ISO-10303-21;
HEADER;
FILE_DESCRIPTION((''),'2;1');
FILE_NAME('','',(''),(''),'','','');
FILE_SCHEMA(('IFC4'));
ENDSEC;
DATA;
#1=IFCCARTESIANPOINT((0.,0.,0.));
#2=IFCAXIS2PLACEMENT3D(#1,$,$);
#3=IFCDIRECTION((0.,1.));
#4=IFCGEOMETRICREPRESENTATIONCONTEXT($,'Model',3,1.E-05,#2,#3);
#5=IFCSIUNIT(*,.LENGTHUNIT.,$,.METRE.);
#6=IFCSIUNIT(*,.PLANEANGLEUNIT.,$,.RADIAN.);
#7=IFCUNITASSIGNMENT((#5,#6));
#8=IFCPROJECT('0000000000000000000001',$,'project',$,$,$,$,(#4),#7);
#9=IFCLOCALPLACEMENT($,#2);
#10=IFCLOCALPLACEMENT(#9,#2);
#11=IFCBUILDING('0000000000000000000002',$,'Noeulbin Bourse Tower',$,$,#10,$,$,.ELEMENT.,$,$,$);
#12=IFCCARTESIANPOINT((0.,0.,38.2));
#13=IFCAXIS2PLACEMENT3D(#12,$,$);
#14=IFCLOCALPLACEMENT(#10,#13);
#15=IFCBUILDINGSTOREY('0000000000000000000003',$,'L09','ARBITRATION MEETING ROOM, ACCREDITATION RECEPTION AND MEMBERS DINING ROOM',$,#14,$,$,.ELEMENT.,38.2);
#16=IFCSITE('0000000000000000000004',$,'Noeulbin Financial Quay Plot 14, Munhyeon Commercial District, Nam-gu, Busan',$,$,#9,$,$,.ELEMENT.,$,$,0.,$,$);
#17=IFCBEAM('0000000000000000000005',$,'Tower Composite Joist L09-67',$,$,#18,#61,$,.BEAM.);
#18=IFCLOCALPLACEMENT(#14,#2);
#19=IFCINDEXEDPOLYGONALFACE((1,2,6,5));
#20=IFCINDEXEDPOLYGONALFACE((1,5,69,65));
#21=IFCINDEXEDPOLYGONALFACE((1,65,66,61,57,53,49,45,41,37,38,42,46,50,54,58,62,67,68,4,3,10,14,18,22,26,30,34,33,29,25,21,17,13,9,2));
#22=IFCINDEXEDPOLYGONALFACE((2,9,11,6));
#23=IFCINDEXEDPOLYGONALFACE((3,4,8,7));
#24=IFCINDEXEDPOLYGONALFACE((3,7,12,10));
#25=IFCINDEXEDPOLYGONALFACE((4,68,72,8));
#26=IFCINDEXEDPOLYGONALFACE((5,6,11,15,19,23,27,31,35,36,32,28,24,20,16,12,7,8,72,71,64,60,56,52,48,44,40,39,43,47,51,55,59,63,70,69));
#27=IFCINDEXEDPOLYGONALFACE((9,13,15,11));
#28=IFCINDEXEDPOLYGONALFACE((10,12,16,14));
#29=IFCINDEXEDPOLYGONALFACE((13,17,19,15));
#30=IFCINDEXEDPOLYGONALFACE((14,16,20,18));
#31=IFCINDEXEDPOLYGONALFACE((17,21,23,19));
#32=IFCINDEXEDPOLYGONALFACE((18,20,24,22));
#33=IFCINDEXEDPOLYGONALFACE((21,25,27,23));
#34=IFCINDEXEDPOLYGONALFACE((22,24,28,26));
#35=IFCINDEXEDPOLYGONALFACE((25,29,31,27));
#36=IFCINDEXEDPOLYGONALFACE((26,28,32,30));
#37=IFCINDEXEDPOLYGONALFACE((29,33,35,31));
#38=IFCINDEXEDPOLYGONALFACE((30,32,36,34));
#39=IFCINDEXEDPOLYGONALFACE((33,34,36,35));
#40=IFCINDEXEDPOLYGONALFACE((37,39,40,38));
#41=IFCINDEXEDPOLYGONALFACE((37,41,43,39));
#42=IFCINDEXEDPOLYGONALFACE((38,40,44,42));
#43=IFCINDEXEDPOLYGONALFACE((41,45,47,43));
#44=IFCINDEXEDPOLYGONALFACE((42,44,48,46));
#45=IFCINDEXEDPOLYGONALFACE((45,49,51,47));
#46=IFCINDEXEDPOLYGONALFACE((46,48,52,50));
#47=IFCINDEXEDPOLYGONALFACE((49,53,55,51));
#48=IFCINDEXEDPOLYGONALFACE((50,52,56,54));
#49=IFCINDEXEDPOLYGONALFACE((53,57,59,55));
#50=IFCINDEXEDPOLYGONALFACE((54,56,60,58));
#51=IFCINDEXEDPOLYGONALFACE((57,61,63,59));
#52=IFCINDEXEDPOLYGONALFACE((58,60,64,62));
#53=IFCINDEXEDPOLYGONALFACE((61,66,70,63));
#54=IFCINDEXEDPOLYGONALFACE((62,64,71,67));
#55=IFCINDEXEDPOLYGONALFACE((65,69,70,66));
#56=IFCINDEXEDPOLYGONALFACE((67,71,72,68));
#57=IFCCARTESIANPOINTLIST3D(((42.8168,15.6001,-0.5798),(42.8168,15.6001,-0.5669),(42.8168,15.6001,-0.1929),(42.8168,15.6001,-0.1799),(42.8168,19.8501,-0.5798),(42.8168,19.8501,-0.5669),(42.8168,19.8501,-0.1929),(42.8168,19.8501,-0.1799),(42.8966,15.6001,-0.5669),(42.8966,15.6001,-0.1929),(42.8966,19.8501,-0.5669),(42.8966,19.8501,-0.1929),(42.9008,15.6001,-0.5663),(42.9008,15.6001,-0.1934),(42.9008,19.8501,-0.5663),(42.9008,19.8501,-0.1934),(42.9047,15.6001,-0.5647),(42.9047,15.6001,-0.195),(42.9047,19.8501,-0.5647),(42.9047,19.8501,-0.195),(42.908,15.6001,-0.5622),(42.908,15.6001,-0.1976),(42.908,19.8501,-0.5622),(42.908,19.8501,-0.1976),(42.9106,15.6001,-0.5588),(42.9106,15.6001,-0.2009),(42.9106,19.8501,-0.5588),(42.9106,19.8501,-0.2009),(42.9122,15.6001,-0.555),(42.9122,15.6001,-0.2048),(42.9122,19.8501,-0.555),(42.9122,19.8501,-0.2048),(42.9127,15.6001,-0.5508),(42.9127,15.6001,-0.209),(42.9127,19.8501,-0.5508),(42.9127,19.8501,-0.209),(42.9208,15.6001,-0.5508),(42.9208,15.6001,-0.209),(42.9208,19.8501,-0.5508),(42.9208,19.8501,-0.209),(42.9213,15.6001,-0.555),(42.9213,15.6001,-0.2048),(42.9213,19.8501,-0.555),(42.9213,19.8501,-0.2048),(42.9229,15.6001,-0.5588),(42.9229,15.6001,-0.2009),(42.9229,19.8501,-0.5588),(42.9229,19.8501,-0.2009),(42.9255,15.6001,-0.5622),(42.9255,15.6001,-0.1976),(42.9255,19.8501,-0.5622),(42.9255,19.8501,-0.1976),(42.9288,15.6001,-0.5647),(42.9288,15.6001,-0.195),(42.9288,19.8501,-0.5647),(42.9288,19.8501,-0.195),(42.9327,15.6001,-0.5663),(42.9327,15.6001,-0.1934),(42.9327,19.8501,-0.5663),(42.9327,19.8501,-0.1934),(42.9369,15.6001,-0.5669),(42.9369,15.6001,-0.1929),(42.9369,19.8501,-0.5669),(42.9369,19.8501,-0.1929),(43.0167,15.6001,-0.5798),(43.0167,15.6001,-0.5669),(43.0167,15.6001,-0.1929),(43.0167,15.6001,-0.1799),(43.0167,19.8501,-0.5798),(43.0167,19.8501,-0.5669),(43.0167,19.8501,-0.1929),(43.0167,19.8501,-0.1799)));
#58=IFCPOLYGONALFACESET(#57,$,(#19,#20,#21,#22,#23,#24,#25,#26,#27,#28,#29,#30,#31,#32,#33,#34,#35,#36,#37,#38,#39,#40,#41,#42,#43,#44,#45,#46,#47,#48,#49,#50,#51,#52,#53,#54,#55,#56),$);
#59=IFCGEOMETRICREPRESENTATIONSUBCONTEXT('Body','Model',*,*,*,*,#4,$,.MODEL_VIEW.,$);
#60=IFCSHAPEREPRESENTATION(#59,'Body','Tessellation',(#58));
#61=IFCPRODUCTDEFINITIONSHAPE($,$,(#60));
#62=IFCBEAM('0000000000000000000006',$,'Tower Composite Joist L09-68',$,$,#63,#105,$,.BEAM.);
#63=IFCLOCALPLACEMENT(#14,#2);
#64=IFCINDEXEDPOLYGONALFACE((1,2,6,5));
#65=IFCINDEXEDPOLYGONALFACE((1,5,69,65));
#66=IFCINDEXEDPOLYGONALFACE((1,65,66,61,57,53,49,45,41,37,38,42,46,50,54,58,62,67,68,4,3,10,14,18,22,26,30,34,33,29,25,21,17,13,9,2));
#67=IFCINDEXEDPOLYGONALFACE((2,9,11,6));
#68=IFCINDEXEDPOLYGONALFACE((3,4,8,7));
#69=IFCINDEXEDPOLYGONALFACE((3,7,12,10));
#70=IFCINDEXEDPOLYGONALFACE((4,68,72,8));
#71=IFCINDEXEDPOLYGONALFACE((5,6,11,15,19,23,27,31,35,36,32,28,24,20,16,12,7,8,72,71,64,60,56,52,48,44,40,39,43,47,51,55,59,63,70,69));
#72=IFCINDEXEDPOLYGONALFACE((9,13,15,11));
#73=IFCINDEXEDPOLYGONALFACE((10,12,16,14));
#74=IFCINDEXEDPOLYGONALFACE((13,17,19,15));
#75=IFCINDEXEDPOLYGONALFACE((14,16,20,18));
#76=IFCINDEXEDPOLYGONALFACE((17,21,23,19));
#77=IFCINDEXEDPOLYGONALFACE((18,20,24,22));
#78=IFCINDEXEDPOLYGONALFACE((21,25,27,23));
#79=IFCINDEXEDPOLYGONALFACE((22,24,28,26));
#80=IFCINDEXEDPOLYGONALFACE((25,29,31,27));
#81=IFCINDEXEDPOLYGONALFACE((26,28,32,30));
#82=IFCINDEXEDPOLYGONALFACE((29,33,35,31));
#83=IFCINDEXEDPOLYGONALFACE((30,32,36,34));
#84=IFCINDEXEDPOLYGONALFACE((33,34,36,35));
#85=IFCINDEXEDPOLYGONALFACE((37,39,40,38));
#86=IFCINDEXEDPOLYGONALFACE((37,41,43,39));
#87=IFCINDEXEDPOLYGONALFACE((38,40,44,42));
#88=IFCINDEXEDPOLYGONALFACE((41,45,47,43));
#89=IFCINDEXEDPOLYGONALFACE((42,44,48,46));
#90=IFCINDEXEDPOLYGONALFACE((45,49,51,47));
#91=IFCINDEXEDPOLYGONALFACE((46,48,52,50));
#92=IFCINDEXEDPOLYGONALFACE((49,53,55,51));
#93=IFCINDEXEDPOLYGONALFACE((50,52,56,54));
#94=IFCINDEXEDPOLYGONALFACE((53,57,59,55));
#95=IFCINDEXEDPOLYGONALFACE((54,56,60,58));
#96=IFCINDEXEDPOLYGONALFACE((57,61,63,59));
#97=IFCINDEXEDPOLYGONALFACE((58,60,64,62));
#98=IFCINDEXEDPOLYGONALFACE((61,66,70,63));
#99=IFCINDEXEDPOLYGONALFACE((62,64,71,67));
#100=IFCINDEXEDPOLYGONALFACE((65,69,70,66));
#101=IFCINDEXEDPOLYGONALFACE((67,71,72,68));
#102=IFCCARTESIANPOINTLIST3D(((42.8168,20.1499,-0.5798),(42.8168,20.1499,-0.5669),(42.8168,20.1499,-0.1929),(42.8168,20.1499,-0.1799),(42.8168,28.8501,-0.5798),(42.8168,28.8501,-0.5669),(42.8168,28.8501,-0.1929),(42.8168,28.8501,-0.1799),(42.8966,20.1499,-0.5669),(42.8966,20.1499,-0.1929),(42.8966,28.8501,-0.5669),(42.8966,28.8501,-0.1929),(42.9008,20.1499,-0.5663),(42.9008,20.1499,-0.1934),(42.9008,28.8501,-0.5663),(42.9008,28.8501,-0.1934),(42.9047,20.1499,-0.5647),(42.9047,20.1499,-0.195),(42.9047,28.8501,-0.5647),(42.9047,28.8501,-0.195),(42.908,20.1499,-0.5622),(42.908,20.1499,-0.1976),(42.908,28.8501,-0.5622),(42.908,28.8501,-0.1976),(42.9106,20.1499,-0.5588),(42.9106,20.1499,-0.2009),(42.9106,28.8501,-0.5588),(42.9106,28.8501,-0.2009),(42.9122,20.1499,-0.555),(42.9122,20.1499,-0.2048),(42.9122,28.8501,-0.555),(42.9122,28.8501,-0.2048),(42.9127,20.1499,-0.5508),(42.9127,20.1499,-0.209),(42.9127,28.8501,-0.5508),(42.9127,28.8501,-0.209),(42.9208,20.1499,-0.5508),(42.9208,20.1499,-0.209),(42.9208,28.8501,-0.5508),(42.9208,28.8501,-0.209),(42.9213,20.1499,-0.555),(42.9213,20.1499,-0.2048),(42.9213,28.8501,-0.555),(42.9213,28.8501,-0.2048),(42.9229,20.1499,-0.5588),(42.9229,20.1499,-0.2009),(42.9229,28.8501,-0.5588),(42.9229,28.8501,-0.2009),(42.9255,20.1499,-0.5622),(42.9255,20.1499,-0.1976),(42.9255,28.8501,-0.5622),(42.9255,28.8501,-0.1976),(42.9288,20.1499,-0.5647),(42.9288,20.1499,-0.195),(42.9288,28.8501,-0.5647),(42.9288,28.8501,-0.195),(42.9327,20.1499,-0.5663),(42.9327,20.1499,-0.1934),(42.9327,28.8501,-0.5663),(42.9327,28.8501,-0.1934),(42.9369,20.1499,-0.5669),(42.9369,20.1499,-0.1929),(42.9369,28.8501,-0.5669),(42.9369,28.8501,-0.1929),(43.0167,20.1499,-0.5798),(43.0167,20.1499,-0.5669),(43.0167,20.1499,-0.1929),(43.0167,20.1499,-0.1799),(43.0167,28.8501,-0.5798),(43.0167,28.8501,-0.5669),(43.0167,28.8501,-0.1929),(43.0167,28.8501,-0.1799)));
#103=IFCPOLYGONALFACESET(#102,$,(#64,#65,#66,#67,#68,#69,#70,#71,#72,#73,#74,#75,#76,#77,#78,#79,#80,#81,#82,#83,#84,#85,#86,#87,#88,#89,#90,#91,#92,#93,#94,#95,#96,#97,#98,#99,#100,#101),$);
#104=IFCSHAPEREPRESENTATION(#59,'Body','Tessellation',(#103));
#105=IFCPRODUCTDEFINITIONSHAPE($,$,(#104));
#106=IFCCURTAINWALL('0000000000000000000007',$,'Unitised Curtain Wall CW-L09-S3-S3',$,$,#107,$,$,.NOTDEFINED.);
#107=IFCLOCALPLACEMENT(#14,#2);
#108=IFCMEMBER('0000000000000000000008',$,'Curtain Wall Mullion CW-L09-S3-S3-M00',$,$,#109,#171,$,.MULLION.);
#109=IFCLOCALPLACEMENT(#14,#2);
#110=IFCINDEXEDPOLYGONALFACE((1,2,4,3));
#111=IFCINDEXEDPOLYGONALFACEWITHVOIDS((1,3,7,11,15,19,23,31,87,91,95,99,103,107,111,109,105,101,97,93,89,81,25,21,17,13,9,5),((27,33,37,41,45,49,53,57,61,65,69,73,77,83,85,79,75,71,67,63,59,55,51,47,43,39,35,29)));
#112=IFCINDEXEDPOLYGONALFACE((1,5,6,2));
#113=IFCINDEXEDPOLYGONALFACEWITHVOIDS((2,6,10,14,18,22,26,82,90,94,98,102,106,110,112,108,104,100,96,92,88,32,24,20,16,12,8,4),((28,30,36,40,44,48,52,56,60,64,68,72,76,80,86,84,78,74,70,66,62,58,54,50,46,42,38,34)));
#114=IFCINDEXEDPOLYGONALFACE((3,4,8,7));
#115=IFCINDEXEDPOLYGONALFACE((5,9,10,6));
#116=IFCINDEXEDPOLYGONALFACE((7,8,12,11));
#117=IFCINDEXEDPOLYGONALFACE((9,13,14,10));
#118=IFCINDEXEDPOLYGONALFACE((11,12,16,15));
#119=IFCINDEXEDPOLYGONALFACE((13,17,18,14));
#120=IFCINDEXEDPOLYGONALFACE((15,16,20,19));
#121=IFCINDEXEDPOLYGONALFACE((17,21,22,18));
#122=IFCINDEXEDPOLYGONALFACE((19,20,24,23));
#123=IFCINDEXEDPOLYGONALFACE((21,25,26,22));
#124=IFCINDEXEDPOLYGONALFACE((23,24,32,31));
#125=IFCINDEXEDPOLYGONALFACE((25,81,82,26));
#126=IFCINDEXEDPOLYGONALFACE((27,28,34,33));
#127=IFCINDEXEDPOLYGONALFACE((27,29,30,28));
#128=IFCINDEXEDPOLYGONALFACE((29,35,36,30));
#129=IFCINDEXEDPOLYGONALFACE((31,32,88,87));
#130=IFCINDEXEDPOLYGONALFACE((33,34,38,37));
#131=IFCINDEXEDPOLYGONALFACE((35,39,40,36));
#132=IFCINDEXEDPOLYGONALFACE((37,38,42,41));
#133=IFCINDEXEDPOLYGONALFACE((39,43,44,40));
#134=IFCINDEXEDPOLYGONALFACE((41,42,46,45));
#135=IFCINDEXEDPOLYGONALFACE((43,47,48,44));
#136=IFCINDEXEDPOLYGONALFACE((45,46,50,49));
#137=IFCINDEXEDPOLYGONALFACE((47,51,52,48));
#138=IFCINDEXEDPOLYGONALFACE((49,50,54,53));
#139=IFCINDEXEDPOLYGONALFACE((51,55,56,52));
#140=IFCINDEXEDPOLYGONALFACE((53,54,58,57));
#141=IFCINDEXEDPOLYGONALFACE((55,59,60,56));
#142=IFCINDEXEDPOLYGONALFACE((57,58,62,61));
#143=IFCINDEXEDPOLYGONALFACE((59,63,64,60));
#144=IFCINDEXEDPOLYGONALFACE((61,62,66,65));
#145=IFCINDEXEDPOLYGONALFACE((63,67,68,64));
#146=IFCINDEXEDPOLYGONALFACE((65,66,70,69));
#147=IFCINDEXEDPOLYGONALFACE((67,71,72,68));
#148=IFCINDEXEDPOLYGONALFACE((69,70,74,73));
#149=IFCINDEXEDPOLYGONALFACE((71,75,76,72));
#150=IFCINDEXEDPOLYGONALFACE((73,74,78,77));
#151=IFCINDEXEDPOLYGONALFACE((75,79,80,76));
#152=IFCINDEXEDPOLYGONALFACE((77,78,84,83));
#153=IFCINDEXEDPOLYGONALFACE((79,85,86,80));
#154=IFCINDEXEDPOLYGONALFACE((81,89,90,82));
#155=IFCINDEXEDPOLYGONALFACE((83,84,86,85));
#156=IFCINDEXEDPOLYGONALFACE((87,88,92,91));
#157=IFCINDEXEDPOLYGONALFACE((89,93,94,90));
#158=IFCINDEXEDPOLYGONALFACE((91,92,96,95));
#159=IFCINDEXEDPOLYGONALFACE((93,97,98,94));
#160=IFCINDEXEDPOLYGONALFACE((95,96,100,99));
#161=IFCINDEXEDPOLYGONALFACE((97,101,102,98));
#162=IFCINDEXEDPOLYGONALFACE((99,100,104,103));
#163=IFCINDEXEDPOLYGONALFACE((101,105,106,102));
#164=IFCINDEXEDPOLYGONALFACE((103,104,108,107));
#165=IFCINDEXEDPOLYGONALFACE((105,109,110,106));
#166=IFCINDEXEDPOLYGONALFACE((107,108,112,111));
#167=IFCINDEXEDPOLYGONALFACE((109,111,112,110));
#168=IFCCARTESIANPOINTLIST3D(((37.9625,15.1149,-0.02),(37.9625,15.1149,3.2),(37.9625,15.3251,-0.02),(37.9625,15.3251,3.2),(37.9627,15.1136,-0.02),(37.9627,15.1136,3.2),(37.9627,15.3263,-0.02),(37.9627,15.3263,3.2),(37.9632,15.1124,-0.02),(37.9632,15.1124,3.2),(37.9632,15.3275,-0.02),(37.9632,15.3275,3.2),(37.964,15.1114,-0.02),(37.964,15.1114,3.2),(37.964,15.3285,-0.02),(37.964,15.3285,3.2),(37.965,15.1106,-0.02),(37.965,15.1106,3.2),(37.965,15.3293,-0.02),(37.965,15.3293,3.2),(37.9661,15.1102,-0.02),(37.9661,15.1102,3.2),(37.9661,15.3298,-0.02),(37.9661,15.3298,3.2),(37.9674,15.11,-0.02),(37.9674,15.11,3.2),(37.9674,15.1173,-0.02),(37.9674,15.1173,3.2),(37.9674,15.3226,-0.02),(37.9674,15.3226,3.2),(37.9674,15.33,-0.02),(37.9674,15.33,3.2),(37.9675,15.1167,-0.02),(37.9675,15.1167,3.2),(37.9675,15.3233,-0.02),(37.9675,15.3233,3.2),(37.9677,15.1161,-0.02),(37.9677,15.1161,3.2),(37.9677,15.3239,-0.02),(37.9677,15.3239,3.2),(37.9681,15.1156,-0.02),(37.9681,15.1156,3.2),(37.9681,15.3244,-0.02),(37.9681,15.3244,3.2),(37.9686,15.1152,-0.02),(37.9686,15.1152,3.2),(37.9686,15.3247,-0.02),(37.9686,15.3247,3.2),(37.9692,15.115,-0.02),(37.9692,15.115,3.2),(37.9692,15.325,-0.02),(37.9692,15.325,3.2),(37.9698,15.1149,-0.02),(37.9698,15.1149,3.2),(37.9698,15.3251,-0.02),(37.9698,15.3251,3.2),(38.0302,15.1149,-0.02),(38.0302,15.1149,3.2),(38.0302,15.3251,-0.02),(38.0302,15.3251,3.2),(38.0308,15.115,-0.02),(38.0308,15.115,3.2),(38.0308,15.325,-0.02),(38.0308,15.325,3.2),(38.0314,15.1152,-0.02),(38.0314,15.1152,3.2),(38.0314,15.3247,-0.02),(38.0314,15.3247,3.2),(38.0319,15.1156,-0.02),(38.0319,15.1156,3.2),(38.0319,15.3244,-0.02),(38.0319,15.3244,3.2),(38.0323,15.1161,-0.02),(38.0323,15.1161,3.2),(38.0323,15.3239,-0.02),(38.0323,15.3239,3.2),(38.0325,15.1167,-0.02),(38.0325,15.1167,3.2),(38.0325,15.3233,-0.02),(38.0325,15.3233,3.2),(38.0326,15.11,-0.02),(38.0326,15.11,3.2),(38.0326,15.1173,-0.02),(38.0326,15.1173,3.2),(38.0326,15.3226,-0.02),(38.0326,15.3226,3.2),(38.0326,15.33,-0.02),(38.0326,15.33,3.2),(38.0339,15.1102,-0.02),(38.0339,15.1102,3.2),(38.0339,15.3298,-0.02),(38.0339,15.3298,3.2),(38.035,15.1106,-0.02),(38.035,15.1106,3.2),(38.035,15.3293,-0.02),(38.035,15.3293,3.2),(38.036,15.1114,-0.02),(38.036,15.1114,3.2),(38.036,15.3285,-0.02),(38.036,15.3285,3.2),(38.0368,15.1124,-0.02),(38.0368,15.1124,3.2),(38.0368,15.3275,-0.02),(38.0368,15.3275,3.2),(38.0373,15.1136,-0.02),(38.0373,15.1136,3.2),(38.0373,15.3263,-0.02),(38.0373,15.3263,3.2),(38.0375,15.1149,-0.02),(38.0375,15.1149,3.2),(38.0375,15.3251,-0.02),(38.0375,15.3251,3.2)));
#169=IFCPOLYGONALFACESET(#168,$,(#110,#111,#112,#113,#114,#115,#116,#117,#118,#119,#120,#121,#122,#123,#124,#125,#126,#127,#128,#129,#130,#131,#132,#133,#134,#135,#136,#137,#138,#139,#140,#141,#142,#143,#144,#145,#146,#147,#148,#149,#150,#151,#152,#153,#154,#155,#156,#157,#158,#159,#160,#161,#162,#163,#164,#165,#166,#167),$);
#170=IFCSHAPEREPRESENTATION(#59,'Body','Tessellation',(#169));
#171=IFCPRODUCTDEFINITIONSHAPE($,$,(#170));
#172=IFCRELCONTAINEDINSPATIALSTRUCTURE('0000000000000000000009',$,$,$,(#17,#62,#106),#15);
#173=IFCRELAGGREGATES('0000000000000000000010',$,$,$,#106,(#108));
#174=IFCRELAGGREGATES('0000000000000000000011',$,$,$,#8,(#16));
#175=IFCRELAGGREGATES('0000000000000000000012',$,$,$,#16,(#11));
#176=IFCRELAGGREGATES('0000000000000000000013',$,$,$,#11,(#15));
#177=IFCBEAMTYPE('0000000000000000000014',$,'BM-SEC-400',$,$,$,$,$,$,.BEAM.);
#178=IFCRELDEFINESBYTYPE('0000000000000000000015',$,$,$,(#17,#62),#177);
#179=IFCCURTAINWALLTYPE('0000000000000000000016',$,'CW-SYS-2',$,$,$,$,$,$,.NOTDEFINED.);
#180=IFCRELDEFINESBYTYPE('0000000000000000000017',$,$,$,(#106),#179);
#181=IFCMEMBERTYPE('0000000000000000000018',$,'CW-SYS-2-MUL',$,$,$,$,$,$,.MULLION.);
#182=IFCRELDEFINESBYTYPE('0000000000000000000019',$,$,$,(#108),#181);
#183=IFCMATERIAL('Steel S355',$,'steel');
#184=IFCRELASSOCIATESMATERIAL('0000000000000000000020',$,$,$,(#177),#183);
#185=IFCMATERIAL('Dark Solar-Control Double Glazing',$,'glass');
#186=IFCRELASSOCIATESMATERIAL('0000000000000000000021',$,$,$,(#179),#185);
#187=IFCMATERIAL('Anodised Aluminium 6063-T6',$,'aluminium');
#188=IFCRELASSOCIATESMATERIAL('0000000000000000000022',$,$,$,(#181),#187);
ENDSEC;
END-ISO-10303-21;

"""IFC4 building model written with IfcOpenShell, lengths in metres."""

from ifc_helpers import new_model, si_unit, direction, frame, origin, origin_2d, place, context, subcontext, project, spatial, hollow_rectangle, i_section, extrude, material, material_profile, profile_set, type_object, element, aggregate, save


model = new_model("IFC4")

# Units and contexts
model_context = context("Model", 3, precision=1e-05, world=origin(), true_north=direction((0.0, 1.0)))
body_context = subcontext(model_context, "Body", "Model", "MODEL_VIEW")
ifc_project = project(units=[si_unit("LENGTHUNIT", "METRE"), si_unit("PLANEANGLEUNIT", "RADIAN")], contexts=[model_context])

# Site, building, storey
site_placement = place(None, origin())
site = spatial("IfcSite", under=ifc_project, at=site_placement, Name="Noeulbin Financial Quay Plot 14, Munhyeon Commercial District, Nam-gu, Busan", CompositionType="ELEMENT", RefElevation=0.0)
building_placement = place(site_placement, origin())
building = spatial("IfcBuilding", under=site, at=building_placement, Name="Noeulbin Bourse Tower", CompositionType="ELEMENT")
storey_placement = place(building_placement, frame((0.0, 0.0, 38.2)))
storey = spatial("IfcBuildingStorey", under=building, at=storey_placement, Name="L09", Description="ARBITRATION MEETING ROOM, ACCREDITATION RECEPTION AND MEMBERS DINING ROOM", CompositionType="ELEMENT", Elevation=38.2)

# Beams
ifc_material_1 = material(Name="Steel S355", Category="steel")
ifc_material_profile_1 = material_profile(ifc_material_1, i_section(OverallWidth=0.2, OverallDepth=0.3999, WebThickness=0.0081, FlangeThickness=0.0129, FilletRadius=0.0161, at=origin_2d()), Name="H-400x200x8x13", Category="LoadBearing")
ifc_profile_set_1 = profile_set([ifc_material_profile_1], Name="Steel S355")
beam_type_1 = type_object("IfcBeamType", Name="BM-SEC-400", PredefinedType="BEAM", material=ifc_profile_set_1)
beam_1_placement = place(storey_placement, frame((42.9167, 15.6001, -0.3799), z_axis=(0.0, 1.0, 0.0), x_axis=(-1.0, 0.0, 0.0)))
element("IfcBeam", 1, at=beam_1_placement, inside=storey, type_object=beam_type_1, Name="Tower Composite Joist L09-67", PredefinedType="BEAM", context=body_context, shape_type="SweptSolid", body=[
    extrude(i_section(OverallWidth=0.2, OverallDepth=0.3999, WebThickness=0.0081, FlangeThickness=0.0129, FilletRadius=0.0161, at=origin_2d()), origin(), (0.0, 0.0, 1.0), 4.25),
])
beam_2_placement = place(storey_placement, frame((42.9167, 20.1499, -0.3799), z_axis=(0.0, 1.0, 0.0), x_axis=(-1.0, 0.0, 0.0)))
element("IfcBeam", 2, at=beam_2_placement, inside=storey, type_object=beam_type_1, Name="Tower Composite Joist L09-68", PredefinedType="BEAM", context=body_context, shape_type="SweptSolid", body=[
    extrude(i_section(OverallWidth=0.2, OverallDepth=0.3999, WebThickness=0.0081, FlangeThickness=0.0129, FilletRadius=0.0161, at=origin_2d()), origin(), (0.0, 0.0, 1.0), 8.7002),
])

# Curtain wall, member
ifc_material_2 = material(Name="Dark Solar-Control Double Glazing", Category="glass")
curtain_wall_type = type_object("IfcCurtainWallType", Name="CW-SYS-2", PredefinedType="NOTDEFINED", material=ifc_material_2)
curtain_wall_placement = place(storey_placement, origin())
curtain_wall = element("IfcCurtainWall", 3, at=curtain_wall_placement, inside=storey, type_object=curtain_wall_type, Name="Unitised Curtain Wall CW-L09-S3-S3", PredefinedType="NOTDEFINED")
ifc_material_3 = material(Name="Anodised Aluminium 6063-T6", Category="aluminium")
ifc_material_profile_2 = material_profile(ifc_material_3, hollow_rectangle(XDim=0.075, YDim=0.22, WallThickness=0.0049, InnerFilletRadius=0.0024, OuterFilletRadius=0.0049, at=origin_2d()), Name="ALU-MULL-75x220x5", Category="LoadBearing")
ifc_profile_set_2 = profile_set([ifc_material_profile_2], Name="Anodised Aluminium 6063-T6")
member_type_1 = type_object("IfcMemberType", Name="CW-SYS-2-MUL", PredefinedType="MULLION", material=ifc_profile_set_2)
member_1_placement = place(storey_placement, frame((38.0, 15.22, -0.02), z_axis=(0.0, 0.0, 1.0), x_axis=(1.0, 0.0, 0.0)))
member_1 = element("IfcMember", 4, at=member_1_placement, type_object=member_type_1, Name="Curtain Wall Mullion CW-L09-S3-S3-M00", PredefinedType="MULLION", context=body_context, shape_type="SweptSolid", body=[
    extrude(hollow_rectangle(XDim=0.075, YDim=0.22, WallThickness=0.0049, InnerFilletRadius=0.0024, OuterFilletRadius=0.0049, at=origin_2d()), origin(), (0.0, 0.0, 1.0), 3.22),
])
aggregate(curtain_wall, [member_1])

save(model, "model.ifc")
